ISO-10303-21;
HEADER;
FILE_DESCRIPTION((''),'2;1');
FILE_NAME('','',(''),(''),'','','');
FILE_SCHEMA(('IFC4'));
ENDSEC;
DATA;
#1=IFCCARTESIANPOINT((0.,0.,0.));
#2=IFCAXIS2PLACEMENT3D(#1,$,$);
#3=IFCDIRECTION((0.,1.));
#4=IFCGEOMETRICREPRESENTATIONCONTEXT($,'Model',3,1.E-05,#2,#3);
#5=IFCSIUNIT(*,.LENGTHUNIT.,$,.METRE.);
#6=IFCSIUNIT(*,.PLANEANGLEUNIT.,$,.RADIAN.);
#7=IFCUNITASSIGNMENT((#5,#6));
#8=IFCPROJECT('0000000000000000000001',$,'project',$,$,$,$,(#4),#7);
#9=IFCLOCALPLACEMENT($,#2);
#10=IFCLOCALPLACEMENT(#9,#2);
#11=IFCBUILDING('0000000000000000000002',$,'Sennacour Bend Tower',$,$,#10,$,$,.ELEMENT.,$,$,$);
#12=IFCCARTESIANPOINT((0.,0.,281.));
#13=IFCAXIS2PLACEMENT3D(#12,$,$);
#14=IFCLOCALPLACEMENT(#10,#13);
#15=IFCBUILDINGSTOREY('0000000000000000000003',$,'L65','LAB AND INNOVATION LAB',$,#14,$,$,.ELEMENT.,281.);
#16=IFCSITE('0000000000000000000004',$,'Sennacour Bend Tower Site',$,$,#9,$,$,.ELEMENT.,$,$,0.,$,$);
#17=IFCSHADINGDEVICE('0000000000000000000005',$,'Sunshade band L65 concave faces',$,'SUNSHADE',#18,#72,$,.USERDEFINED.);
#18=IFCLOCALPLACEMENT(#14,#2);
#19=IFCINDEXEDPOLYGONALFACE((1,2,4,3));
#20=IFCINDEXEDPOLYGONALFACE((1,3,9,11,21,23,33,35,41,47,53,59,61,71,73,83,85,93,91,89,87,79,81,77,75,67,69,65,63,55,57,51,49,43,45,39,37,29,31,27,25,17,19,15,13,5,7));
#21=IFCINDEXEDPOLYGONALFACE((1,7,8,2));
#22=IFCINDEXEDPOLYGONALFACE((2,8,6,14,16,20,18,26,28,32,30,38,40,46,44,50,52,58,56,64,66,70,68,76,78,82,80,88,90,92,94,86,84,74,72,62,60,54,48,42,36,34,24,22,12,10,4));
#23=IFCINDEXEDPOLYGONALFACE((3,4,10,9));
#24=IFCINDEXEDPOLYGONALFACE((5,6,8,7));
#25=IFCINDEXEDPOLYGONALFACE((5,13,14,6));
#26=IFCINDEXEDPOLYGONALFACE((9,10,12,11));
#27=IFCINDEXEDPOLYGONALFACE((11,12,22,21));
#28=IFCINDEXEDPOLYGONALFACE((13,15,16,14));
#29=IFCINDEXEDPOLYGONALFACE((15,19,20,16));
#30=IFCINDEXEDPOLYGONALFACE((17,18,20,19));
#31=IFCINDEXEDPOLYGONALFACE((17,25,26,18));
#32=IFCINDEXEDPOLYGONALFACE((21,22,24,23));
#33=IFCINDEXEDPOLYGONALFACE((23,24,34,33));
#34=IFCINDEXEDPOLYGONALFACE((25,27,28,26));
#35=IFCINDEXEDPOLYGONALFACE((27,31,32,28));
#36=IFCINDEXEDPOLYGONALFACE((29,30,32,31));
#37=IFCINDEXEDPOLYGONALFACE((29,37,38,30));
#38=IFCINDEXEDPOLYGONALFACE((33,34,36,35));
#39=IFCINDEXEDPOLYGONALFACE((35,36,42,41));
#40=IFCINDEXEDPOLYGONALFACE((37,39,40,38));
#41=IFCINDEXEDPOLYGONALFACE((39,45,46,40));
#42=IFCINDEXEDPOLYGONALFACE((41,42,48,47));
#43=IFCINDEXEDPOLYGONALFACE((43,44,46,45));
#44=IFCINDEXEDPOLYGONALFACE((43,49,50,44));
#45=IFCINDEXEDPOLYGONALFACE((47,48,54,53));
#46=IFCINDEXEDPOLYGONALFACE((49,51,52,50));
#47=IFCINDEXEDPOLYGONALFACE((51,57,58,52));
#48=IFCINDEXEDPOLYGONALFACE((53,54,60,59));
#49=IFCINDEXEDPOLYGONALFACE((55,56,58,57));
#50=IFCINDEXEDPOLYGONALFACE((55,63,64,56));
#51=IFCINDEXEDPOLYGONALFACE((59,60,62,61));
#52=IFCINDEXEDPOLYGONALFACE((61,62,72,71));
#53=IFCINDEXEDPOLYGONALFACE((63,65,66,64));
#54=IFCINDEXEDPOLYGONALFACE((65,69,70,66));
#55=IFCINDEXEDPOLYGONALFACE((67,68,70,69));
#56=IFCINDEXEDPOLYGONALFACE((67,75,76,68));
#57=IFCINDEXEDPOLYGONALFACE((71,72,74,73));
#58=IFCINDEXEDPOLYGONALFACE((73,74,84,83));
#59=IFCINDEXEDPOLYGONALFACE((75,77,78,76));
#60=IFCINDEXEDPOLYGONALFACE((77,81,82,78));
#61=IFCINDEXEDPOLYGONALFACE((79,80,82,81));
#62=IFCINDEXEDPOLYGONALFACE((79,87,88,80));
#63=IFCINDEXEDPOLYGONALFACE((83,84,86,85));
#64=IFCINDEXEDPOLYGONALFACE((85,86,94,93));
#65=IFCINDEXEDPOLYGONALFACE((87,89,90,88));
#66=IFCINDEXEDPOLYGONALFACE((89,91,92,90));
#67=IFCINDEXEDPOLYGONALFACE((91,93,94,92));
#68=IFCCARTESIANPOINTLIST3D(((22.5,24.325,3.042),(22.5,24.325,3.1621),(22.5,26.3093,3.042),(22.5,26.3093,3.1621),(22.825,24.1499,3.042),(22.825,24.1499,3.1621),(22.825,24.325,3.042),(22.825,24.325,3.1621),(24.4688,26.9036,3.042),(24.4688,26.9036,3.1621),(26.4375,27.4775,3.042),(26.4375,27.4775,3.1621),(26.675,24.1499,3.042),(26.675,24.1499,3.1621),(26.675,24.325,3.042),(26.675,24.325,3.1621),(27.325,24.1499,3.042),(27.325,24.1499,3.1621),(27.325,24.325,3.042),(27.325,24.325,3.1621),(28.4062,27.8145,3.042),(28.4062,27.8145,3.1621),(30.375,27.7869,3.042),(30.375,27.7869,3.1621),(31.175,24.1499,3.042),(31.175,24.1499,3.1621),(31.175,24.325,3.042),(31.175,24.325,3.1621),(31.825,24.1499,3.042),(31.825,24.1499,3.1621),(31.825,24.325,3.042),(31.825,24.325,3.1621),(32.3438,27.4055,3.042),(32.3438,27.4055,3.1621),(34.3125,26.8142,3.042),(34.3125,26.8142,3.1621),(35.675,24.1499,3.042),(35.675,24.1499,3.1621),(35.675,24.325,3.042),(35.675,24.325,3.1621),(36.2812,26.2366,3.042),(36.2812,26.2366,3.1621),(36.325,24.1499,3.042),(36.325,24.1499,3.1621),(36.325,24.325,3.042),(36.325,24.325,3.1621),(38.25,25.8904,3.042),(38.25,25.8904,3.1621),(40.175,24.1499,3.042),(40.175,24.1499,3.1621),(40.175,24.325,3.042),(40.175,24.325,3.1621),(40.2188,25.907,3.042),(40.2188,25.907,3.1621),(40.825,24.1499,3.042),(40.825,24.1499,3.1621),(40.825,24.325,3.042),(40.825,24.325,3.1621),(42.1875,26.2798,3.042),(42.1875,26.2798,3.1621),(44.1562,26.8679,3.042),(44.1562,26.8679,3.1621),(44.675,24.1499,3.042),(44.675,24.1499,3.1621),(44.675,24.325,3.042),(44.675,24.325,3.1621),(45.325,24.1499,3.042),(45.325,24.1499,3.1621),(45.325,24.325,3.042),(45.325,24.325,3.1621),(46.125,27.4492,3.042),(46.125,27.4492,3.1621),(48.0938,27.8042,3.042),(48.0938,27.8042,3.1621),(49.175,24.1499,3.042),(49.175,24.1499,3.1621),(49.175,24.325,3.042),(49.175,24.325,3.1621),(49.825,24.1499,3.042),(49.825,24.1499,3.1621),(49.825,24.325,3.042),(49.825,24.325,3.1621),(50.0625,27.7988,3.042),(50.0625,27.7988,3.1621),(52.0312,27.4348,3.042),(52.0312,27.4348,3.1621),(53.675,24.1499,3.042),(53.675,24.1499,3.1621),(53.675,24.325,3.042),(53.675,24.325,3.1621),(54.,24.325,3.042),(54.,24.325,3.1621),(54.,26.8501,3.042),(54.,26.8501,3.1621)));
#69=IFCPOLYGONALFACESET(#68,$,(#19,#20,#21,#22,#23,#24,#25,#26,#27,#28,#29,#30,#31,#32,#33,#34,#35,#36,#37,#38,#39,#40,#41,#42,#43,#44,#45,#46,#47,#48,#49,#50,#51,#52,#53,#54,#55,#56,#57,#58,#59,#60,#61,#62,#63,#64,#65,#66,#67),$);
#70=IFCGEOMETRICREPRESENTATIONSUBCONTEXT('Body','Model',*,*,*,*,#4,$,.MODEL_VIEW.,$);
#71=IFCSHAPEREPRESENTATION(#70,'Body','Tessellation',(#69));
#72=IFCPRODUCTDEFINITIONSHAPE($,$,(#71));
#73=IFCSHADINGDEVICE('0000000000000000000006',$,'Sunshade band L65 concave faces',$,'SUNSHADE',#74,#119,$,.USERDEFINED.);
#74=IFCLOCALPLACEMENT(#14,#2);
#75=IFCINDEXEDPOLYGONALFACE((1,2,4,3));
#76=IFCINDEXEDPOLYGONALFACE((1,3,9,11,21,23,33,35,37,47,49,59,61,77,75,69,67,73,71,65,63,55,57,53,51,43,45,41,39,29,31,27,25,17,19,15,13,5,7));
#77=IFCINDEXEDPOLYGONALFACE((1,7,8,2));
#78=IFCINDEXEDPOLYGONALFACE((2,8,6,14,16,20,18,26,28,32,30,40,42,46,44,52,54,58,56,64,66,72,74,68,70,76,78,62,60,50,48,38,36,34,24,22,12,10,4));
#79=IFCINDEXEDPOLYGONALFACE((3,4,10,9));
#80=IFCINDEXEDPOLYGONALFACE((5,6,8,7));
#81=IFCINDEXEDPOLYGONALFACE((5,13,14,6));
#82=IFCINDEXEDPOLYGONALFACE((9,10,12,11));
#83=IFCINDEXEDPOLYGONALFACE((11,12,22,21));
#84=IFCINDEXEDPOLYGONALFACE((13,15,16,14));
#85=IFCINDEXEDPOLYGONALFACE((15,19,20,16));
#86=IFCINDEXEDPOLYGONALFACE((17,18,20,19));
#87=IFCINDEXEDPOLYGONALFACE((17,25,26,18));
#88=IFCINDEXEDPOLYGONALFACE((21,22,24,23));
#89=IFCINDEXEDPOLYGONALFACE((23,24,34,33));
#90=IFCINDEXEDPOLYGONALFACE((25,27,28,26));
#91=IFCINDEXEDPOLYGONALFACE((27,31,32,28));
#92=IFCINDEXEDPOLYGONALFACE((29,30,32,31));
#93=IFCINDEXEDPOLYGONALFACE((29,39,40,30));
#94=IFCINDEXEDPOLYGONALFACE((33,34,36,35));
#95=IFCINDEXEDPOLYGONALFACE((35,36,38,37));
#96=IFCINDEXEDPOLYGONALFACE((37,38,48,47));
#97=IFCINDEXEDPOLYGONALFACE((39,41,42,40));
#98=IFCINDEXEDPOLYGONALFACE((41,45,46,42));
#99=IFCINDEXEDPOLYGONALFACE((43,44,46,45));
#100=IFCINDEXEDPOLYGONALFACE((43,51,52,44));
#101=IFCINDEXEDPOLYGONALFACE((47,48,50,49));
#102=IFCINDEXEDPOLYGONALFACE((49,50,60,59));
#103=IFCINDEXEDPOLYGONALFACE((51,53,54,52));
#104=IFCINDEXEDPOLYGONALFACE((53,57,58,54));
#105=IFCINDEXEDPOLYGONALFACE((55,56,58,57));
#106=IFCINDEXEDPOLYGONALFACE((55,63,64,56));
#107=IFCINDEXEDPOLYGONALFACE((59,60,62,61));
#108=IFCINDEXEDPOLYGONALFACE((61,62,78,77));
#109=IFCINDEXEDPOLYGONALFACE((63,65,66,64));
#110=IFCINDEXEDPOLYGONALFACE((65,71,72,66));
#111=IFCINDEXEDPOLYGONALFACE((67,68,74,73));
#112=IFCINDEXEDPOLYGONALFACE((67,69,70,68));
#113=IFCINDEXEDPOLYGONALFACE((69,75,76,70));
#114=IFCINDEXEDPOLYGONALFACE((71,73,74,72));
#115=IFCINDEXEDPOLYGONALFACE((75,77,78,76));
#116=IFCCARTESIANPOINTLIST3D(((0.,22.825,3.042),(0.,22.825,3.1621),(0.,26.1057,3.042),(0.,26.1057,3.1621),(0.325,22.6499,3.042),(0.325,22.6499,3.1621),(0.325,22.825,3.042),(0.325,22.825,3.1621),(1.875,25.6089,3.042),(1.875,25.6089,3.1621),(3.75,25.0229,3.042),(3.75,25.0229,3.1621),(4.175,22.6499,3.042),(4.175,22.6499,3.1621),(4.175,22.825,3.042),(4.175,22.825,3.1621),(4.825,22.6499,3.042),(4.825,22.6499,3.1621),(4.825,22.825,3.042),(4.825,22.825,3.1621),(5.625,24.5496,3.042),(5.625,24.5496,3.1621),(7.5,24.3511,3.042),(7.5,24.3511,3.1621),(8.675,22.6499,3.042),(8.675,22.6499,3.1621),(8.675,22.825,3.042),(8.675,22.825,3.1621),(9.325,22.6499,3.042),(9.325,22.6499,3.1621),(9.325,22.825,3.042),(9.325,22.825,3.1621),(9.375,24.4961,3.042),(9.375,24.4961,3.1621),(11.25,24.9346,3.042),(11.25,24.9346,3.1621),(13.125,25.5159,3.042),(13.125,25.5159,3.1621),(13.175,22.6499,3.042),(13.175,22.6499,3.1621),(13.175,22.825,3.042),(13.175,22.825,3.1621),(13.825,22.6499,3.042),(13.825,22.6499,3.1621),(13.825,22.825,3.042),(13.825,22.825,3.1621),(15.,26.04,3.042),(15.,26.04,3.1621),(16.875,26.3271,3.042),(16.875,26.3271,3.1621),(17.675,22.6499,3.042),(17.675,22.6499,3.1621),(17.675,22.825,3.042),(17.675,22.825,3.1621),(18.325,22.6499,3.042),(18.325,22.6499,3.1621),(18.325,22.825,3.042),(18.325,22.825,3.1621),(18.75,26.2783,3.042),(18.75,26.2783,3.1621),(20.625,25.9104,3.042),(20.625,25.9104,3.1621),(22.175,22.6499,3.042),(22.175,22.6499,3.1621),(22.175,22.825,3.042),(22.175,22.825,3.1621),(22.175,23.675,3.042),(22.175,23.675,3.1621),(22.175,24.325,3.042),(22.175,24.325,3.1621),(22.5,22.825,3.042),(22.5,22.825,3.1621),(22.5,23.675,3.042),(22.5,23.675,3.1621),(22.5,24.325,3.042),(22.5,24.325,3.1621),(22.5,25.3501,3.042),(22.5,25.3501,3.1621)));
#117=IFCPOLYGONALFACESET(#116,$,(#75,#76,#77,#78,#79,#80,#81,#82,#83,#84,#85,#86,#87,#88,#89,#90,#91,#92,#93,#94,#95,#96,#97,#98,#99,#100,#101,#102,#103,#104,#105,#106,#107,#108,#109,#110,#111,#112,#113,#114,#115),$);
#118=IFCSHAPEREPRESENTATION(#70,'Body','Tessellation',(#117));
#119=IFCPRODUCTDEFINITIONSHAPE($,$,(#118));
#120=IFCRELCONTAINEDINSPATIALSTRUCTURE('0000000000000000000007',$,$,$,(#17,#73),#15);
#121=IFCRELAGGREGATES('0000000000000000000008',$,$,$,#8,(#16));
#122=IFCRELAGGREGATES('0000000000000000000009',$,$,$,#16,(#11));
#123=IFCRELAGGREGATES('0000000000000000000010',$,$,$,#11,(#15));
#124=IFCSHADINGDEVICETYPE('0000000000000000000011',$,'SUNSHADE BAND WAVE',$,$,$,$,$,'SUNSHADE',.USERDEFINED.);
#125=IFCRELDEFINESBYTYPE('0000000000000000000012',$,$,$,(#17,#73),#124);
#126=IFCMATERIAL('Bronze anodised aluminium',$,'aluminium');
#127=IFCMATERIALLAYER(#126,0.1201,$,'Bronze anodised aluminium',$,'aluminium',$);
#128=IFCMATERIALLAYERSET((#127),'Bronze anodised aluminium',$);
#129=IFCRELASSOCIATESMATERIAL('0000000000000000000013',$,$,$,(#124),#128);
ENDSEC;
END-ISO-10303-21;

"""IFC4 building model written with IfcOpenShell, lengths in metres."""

from ifc_helpers import new_model, si_unit, direction, frame, origin, place, context, subcontext, project, spatial, polyline, outline, extrude, material, layer, layer_set, type_object, element, save


model = new_model("IFC4")

# Units and contexts
model_context = context("Model", 3, precision=1e-05, world=origin(), true_north=direction((0.0, 1.0)))
body_context = subcontext(model_context, "Body", "Model", "MODEL_VIEW")
ifc_project = project(units=[si_unit("LENGTHUNIT", "METRE"), si_unit("PLANEANGLEUNIT", "RADIAN")], contexts=[model_context])

# Site, building, storey
site_placement = place(None, origin())
site = spatial("IfcSite", under=ifc_project, at=site_placement, Name="Sennacour Bend Tower Site", CompositionType="ELEMENT", RefElevation=0.0)
building_placement = place(site_placement, origin())
building = spatial("IfcBuilding", under=site, at=building_placement, Name="Sennacour Bend Tower", CompositionType="ELEMENT")
storey_placement = place(building_placement, frame((0.0, 0.0, 281.0)))
storey = spatial("IfcBuildingStorey", under=building, at=storey_placement, Name="L65", Description="LAB AND INNOVATION LAB", CompositionType="ELEMENT", Elevation=281.0)

# Shading devices
ifc_material_1 = material(Name="Bronze anodised aluminium", Category="aluminium")
ifc_layer_1 = layer(ifc_material_1, 0.1201, Name="Bronze anodised aluminium", Category="aluminium")
ifc_layer_set_1 = layer_set([ifc_layer_1], Name="Bronze anodised aluminium")
shading_device_type_1 = type_object("IfcShadingDeviceType", Name="SUNSHADE BAND WAVE", ElementType="SUNSHADE", PredefinedType="USERDEFINED", material=ifc_layer_set_1)
shading_device_1_placement = place(storey_placement, frame((0.0, 0.0, 3.042)))
element("IfcShadingDevice", 1, at=shading_device_1_placement, inside=storey, type_object=shading_device_type_1, Name="Sunshade band L65 concave faces", ObjectType="SUNSHADE", PredefinedType="USERDEFINED", context=body_context, shape_type="SweptSolid", body=[
    extrude(outline(polyline([(53.675, 24.1499), (49.825, 24.1499), (49.825, 24.325), (49.175, 24.325), (49.175, 24.1499), (45.325, 24.1499), (45.325, 24.325), (44.675, 24.325), (44.675, 24.1499), (40.825, 24.1499), (40.825, 24.325), (40.175, 24.325), (40.175, 24.1499), (36.325, 24.1499), (36.325, 24.325), (35.675, 24.325), (35.675, 24.1499), (31.825, 24.1499), (31.825, 24.325), (31.175, 24.325), (31.175, 24.1499), (27.325, 24.1499), (27.325, 24.325), (26.675, 24.325), (26.675, 24.1499), (22.825, 24.1499), (22.825, 24.325), (22.5, 24.325), (22.5, 26.3093), (24.4688, 26.9036), (26.4375, 27.4775), (28.4062, 27.8145), (30.375, 27.7869), (32.3438, 27.4055), (34.3125, 26.8142), (36.2812, 26.2366), (38.25, 25.8904), (40.2188, 25.907), (42.1875, 26.2798), (44.1562, 26.8679), (46.125, 27.4492), (48.0938, 27.8042), (50.0625, 27.7988), (52.0312, 27.4348), (54.0, 26.8501), (54.0, 24.325), (53.675, 24.325), (53.675, 24.1499)])), origin(), (0.0, 0.0, 1.0), 0.1201),
])
shading_device_2_placement = place(storey_placement, frame((0.0, 0.0, 3.042)))
element("IfcShadingDevice", 2, at=shading_device_2_placement, inside=storey, type_object=shading_device_type_1, Name="Sunshade band L65 concave faces", ObjectType="SUNSHADE", PredefinedType="USERDEFINED", context=body_context, shape_type="SweptSolid", body=[
    extrude(outline(polyline([(22.175, 22.6499), (18.325, 22.6499), (18.325, 22.825), (17.675, 22.825), (17.675, 22.6499), (13.825, 22.6499), (13.825, 22.825), (13.175, 22.825), (13.175, 22.6499), (9.325, 22.6499), (9.325, 22.825), (8.675, 22.825), (8.675, 22.6499), (4.825, 22.6499), (4.825, 22.825), (4.175, 22.825), (4.175, 22.6499), (0.325, 22.6499), (0.325, 22.825), (0.0, 22.825), (0.0, 26.1057), (1.875, 25.6089), (3.75, 25.0229), (5.625, 24.5496), (7.5, 24.3511), (9.375, 24.4961), (11.25, 24.9346), (13.125, 25.5159), (15.0, 26.04), (16.875, 26.3271), (18.75, 26.2783), (20.625, 25.9104), (22.5, 25.3501), (22.5, 24.325), (22.175, 24.325), (22.175, 23.675), (22.5, 23.675), (22.5, 22.825), (22.175, 22.825), (22.175, 22.6499)])), origin(), (0.0, 0.0, 1.0), 0.1201),
])

save(model, "model.ifc")
